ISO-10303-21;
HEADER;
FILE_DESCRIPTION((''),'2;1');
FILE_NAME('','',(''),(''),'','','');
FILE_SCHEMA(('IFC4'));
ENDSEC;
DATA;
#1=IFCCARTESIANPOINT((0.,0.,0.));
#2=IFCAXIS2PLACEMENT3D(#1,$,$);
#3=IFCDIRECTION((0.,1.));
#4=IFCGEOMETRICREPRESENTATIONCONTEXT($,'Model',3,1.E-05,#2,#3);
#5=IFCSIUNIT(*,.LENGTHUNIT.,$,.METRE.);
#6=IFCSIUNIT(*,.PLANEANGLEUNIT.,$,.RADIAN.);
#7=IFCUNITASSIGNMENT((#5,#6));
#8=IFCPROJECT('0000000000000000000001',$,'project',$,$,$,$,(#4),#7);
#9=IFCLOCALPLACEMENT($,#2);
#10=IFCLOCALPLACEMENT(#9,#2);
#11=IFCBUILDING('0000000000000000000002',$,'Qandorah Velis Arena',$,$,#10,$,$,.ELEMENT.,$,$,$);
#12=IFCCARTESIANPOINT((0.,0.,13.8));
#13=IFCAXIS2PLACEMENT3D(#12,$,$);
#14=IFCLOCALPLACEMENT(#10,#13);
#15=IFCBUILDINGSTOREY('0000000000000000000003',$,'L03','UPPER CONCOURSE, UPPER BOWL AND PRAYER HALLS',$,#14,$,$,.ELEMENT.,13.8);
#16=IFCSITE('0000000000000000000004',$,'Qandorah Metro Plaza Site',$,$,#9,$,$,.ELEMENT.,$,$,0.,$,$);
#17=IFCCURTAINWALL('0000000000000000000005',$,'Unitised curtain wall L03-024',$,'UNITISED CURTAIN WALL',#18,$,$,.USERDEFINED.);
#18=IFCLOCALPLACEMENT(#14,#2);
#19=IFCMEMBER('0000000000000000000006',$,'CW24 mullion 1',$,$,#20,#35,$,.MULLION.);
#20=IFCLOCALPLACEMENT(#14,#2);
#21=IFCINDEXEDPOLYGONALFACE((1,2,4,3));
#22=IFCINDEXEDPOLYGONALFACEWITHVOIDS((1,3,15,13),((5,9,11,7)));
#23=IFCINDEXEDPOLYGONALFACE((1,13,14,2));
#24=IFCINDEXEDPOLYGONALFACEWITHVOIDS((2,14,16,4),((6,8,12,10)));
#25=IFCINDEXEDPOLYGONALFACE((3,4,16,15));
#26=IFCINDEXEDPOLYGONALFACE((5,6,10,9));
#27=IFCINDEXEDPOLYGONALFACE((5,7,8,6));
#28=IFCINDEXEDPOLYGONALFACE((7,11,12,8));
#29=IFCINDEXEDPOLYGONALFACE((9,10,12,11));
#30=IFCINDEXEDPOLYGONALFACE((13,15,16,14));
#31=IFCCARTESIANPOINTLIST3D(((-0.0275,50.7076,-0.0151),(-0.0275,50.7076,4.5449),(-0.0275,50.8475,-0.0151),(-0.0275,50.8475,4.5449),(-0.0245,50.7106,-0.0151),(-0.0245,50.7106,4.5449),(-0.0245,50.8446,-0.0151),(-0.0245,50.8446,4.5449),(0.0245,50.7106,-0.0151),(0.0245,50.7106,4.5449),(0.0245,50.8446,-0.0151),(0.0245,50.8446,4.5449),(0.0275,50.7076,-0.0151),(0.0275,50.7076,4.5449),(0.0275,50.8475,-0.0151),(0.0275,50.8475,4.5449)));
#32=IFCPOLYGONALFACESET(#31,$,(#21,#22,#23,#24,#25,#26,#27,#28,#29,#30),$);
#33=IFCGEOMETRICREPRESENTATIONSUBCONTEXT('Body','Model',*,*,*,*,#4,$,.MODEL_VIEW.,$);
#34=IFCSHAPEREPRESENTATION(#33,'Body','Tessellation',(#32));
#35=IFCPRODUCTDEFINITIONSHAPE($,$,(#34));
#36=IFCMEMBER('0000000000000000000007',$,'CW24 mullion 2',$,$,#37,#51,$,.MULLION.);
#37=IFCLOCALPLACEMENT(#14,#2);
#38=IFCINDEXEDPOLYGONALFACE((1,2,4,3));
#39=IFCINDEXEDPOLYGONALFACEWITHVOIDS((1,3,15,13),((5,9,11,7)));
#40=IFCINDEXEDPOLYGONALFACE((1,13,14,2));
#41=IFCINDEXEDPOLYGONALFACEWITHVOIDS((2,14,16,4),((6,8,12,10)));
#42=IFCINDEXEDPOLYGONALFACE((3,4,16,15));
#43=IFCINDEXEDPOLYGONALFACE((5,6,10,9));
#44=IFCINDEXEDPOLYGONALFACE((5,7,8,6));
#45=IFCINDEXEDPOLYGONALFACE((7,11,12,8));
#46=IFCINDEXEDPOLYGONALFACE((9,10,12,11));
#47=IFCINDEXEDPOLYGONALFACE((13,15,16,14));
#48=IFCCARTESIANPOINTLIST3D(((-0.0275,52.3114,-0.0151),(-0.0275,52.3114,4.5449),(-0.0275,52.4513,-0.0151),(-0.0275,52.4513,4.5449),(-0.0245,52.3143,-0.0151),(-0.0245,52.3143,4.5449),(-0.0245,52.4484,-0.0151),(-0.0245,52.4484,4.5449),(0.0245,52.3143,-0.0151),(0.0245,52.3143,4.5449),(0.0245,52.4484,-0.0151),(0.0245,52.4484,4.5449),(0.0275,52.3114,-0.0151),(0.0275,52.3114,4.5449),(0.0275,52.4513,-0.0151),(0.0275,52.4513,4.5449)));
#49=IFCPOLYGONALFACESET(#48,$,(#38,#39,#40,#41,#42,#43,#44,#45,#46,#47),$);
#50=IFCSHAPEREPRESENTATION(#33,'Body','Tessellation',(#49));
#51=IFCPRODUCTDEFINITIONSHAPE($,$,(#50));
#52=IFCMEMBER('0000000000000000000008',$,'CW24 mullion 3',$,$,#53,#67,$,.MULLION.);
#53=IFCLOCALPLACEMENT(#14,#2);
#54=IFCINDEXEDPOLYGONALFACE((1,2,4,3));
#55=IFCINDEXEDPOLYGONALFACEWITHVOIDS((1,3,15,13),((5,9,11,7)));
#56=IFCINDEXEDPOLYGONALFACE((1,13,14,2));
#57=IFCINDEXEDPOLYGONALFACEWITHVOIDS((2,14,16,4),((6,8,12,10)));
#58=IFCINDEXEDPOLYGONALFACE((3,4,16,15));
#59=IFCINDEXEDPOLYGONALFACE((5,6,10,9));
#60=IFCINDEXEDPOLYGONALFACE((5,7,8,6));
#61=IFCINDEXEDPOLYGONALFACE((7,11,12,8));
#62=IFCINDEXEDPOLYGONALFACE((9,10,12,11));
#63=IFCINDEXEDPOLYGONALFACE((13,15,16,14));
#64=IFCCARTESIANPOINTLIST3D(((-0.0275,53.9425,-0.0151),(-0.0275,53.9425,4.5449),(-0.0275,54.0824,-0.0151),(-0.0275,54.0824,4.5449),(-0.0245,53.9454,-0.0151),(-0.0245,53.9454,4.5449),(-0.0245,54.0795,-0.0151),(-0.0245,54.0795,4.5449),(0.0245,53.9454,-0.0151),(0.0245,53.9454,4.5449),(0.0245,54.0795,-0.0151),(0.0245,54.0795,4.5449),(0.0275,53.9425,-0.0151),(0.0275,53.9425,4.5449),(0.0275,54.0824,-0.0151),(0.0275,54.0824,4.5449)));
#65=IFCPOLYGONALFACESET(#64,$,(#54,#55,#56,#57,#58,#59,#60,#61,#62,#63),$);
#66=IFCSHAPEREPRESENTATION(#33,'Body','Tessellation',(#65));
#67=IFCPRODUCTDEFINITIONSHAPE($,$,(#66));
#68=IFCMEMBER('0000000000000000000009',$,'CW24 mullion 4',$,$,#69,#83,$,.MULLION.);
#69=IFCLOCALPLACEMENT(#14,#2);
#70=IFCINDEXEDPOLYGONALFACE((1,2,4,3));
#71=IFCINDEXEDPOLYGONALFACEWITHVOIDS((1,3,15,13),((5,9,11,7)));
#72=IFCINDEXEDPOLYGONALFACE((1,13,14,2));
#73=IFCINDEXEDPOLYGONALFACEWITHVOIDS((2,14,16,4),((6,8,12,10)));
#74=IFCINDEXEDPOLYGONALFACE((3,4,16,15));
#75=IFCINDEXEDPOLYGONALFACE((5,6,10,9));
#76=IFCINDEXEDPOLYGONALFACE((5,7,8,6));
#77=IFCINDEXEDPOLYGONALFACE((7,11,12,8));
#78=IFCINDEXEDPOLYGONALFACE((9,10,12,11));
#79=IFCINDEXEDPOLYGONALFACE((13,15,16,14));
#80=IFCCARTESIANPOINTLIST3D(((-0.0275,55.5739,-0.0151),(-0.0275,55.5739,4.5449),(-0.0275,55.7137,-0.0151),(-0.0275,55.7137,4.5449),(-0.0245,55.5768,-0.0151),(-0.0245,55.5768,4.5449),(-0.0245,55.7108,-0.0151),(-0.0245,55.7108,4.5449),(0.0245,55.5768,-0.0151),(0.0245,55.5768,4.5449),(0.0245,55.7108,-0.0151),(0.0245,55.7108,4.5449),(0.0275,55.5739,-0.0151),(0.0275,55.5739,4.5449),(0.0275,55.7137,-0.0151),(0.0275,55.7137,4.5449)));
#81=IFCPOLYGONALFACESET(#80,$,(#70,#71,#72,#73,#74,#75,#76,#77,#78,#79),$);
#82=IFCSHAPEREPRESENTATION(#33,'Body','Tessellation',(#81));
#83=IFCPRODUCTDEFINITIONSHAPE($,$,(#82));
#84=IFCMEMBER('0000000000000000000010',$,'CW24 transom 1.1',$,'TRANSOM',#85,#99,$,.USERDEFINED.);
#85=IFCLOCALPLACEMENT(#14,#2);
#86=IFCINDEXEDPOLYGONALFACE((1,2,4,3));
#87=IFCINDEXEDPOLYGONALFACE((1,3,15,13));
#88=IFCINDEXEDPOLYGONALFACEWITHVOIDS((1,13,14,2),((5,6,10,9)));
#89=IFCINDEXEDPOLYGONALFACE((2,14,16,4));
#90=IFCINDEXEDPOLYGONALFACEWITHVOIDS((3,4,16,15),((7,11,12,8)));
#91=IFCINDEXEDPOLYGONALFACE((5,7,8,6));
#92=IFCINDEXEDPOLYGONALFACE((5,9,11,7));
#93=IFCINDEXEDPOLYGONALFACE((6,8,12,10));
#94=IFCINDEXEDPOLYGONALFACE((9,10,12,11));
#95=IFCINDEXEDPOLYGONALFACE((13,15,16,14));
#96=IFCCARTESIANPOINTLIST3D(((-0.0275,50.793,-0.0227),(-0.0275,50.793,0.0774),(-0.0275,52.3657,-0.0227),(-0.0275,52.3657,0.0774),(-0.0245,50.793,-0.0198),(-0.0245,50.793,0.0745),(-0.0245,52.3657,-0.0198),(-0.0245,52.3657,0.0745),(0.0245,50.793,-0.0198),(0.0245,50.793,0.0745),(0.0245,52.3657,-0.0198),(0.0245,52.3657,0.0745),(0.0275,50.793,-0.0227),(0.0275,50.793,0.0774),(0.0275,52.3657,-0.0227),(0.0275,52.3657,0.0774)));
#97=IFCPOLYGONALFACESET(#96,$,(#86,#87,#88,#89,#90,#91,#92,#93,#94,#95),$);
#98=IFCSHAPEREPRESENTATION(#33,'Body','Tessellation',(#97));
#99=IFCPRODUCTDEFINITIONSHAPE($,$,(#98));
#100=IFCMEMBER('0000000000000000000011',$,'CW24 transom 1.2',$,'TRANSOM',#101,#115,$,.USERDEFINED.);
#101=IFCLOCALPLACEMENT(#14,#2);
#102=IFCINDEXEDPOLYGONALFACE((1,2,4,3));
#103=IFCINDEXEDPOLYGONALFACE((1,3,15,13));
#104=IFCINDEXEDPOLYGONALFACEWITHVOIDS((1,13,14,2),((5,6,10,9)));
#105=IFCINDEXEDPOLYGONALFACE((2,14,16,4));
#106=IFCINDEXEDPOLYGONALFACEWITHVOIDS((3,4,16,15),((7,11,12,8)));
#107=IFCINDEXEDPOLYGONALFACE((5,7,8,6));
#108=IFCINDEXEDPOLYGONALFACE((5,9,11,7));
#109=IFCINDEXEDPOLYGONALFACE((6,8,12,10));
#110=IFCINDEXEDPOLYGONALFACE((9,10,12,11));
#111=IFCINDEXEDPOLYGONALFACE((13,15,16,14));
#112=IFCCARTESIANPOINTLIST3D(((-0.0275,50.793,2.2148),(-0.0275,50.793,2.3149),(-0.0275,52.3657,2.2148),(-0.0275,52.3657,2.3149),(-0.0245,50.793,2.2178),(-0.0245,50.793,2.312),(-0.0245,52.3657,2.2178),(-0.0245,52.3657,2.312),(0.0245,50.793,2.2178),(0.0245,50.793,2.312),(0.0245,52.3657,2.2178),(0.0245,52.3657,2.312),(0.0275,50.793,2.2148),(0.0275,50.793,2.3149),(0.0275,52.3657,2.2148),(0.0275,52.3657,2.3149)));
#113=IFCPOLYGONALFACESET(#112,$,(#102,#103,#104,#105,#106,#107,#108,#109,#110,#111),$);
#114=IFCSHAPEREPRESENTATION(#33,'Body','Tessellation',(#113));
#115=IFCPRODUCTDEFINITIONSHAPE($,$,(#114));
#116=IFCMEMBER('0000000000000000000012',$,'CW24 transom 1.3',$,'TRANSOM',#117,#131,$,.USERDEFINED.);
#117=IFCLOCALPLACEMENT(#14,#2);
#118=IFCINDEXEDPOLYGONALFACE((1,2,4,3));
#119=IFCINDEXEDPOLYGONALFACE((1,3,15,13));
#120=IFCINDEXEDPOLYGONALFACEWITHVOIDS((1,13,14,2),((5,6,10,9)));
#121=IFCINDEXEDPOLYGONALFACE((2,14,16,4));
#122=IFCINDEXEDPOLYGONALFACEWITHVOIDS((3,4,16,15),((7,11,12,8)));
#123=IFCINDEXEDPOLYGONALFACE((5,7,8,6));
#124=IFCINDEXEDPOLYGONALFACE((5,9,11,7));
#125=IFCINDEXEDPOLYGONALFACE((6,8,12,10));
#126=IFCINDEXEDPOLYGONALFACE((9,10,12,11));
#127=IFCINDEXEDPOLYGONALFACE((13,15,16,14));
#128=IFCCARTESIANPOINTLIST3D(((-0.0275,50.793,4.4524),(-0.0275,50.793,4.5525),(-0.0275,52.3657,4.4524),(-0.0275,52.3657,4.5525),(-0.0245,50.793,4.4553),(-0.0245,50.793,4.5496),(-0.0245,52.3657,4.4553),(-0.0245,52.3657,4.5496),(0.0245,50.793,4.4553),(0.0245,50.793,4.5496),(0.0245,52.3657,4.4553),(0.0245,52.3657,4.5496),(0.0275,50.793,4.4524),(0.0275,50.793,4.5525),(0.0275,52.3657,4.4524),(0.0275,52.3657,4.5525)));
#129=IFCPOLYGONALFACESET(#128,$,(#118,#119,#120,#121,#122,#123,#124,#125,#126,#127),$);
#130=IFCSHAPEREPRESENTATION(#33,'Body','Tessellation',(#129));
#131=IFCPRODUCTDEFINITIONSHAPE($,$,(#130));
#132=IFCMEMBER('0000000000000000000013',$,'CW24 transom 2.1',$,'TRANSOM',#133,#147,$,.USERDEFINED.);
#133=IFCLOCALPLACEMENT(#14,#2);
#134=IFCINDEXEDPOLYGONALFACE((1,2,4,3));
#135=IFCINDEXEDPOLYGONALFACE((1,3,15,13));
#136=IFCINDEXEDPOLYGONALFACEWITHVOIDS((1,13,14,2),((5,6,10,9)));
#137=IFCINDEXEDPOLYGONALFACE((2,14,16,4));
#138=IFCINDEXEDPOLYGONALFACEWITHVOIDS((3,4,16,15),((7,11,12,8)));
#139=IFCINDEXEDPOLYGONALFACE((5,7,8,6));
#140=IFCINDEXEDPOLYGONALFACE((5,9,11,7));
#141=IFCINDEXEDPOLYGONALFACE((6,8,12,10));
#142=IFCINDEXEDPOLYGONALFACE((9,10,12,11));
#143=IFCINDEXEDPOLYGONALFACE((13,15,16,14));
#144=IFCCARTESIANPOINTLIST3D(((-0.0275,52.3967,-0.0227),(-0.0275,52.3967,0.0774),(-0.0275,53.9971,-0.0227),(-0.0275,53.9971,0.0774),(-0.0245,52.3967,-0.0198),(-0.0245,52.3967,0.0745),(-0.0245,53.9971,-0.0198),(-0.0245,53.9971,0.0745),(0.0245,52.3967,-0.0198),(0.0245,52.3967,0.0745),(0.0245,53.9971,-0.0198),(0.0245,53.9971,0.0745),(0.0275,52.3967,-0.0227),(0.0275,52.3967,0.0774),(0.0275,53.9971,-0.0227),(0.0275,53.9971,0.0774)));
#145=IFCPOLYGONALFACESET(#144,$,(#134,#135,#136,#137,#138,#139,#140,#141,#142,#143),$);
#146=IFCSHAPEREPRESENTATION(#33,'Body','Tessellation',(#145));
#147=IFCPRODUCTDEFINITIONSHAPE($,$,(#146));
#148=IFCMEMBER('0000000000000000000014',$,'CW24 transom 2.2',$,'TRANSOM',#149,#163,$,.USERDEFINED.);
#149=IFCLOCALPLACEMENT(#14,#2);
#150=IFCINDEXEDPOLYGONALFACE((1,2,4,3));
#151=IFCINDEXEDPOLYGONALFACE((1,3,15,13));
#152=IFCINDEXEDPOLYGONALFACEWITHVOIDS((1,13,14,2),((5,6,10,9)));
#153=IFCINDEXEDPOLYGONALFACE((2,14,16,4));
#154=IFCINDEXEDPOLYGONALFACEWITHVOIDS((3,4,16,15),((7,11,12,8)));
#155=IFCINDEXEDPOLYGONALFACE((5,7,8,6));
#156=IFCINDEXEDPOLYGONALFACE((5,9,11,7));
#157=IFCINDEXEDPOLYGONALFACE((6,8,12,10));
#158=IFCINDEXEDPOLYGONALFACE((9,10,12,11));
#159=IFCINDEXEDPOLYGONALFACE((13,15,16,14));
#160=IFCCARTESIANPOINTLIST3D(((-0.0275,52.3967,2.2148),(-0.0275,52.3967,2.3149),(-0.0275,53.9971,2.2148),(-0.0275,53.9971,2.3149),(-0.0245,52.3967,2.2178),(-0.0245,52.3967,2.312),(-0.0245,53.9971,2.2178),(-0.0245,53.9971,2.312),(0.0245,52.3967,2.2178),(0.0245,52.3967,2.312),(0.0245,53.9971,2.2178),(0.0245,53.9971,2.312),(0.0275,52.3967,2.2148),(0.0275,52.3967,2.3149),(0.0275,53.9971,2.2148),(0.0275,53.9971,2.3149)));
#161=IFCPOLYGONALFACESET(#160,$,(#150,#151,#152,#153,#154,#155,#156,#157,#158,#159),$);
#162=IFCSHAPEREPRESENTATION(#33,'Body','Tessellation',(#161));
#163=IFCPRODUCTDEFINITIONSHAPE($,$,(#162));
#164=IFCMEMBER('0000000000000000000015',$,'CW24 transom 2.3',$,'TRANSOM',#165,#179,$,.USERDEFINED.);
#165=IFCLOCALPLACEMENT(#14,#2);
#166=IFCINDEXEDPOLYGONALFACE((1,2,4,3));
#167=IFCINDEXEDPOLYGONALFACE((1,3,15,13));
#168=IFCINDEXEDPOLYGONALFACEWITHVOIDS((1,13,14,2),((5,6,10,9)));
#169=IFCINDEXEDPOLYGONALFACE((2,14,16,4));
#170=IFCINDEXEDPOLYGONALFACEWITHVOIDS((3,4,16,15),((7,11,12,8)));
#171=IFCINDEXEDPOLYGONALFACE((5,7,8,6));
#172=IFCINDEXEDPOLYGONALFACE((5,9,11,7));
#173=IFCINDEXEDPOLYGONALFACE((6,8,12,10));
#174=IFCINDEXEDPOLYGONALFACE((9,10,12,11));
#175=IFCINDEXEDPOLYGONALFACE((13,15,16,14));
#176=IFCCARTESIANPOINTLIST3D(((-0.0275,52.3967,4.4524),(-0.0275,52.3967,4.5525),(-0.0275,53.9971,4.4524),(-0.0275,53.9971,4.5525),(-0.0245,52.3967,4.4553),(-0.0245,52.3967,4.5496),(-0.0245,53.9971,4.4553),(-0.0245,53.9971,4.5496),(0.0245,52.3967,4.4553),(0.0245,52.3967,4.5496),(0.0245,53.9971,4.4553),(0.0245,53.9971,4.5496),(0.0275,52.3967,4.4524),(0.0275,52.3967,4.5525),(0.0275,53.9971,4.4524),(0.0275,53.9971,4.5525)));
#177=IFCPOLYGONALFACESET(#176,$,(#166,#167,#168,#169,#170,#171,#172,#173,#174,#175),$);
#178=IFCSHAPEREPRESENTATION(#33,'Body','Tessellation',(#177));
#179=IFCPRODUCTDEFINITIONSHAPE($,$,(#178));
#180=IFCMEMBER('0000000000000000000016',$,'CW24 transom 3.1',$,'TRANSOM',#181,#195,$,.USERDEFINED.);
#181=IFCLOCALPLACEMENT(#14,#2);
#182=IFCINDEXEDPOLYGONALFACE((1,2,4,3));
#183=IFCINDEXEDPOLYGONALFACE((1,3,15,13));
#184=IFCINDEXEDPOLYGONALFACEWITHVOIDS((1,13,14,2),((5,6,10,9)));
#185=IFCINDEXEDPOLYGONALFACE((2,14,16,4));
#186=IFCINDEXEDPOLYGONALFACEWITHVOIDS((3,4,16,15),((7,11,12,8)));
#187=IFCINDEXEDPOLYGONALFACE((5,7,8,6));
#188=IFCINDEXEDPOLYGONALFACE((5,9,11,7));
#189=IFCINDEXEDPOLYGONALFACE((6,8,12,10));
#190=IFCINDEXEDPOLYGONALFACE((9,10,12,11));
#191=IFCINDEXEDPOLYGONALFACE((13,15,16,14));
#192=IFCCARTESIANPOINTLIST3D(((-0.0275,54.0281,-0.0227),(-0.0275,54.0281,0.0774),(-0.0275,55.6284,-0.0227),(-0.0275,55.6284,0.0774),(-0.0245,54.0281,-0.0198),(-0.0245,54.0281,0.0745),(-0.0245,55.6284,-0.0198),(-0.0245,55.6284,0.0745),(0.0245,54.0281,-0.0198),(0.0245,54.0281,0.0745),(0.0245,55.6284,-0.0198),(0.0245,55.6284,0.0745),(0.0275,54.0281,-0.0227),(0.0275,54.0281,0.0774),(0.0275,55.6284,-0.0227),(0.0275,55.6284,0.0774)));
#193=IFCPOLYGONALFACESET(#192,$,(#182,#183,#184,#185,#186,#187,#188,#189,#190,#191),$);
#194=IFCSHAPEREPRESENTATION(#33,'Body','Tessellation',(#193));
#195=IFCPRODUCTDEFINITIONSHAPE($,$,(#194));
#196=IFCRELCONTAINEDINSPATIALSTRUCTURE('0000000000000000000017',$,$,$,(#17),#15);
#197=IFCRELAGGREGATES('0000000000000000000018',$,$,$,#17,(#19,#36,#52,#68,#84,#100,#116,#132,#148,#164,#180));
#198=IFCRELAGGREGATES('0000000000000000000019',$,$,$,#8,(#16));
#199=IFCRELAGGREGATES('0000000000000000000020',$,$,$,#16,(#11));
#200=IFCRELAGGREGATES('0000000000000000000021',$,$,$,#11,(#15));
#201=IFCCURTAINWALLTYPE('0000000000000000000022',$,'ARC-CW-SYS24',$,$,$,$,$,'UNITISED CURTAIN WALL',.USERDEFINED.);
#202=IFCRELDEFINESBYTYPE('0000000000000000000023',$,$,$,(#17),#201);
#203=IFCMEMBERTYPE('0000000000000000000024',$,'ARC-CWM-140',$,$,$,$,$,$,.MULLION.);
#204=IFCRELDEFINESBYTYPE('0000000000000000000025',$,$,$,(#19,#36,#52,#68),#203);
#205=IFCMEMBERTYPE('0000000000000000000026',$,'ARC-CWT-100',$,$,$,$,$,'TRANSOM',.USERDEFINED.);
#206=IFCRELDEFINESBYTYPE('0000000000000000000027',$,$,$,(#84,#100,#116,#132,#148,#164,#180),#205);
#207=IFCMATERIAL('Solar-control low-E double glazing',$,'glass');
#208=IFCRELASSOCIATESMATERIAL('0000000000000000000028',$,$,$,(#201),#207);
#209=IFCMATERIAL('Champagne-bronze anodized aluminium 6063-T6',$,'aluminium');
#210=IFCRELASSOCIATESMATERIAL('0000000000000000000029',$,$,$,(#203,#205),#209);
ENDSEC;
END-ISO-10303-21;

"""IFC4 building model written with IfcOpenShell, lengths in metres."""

from ifc_helpers import new_model, si_unit, direction, frame, origin, origin_2d, place, context, subcontext, project, spatial, hollow_rectangle, extrude, material, material_profile, profile_set, type_object, element, aggregate, save


model = new_model("IFC4")

# Units and contexts
model_context = context("Model", 3, precision=1e-05, world=origin(), true_north=direction((0.0, 1.0)))
body_context = subcontext(model_context, "Body", "Model", "MODEL_VIEW")
ifc_project = project(units=[si_unit("LENGTHUNIT", "METRE"), si_unit("PLANEANGLEUNIT", "RADIAN")], contexts=[model_context])

# Site, building, storey
site_placement = place(None, origin())
site = spatial("IfcSite", under=ifc_project, at=site_placement, Name="Qandorah Metro Plaza Site", CompositionType="ELEMENT", RefElevation=0.0)
building_placement = place(site_placement, origin())
building = spatial("IfcBuilding", under=site, at=building_placement, Name="Qandorah Velis Arena", CompositionType="ELEMENT")
storey_placement = place(building_placement, frame((0.0, 0.0, 13.8)))
storey = spatial("IfcBuildingStorey", under=building, at=storey_placement, Name="L03", Description="UPPER CONCOURSE, UPPER BOWL AND PRAYER HALLS", CompositionType="ELEMENT", Elevation=13.8)

# Curtain wall, members
ifc_material_1 = material(Name="Solar-control low-E double glazing", Category="glass")
curtain_wall_type = type_object("IfcCurtainWallType", Name="ARC-CW-SYS24", ElementType="UNITISED CURTAIN WALL", PredefinedType="USERDEFINED", material=ifc_material_1)
curtain_wall_placement = place(storey_placement, origin())
curtain_wall = element("IfcCurtainWall", 1, at=curtain_wall_placement, inside=storey, type_object=curtain_wall_type, Name="Unitised curtain wall L03-024", ObjectType="UNITISED CURTAIN WALL", PredefinedType="USERDEFINED")
ifc_material_2 = material(Name="Champagne-bronze anodized aluminium 6063-T6", Category="aluminium")
ifc_material_profile_1 = material_profile(ifc_material_2, hollow_rectangle(XDim=0.0549, YDim=0.1399, WallThickness=0.0029, at=origin_2d()), Name="ALU MULLION 55x140")
ifc_profile_set_1 = profile_set([ifc_material_profile_1], Name="Champagne-bronze anodized aluminium 6063-T6")
member_type_1 = type_object("IfcMemberType", Name="ARC-CWM-140", PredefinedType="MULLION", material=ifc_profile_set_1)
member_1_placement = place(storey_placement, frame((0.0, 50.7776, -0.0151), z_axis=(0.0, 0.0, 1.0), x_axis=(-1.0, 0.0, 0.0)))
member_1 = element("IfcMember", 2, at=member_1_placement, type_object=member_type_1, Name="CW24 mullion 1", PredefinedType="MULLION", context=body_context, shape_type="SweptSolid", body=[
    extrude(hollow_rectangle(XDim=0.0549, YDim=0.1399, WallThickness=0.0029, at=origin_2d()), origin(), (0.0, 0.0, 1.0), 4.5601),
])
member_2_placement = place(storey_placement, frame((0.0, 52.3813, -0.0151), z_axis=(0.0, 0.0, 1.0), x_axis=(-1.0, 0.0, 0.0)))
member_2 = element("IfcMember", 3, at=member_2_placement, type_object=member_type_1, Name="CW24 mullion 2", PredefinedType="MULLION", context=body_context, shape_type="SweptSolid", body=[
    extrude(hollow_rectangle(XDim=0.0549, YDim=0.1399, WallThickness=0.0029, at=origin_2d()), origin(), (0.0, 0.0, 1.0), 4.5601),
])
member_3_placement = place(storey_placement, frame((0.0, 54.0125, -0.0151), z_axis=(0.0, 0.0, 1.0), x_axis=(-1.0, 0.0, 0.0)))
member_3 = element("IfcMember", 4, at=member_3_placement, type_object=member_type_1, Name="CW24 mullion 3", PredefinedType="MULLION", context=body_context, shape_type="SweptSolid", body=[
    extrude(hollow_rectangle(XDim=0.0549, YDim=0.1399, WallThickness=0.0029, at=origin_2d()), origin(), (0.0, 0.0, 1.0), 4.5601),
])
member_4_placement = place(storey_placement, frame((0.0, 55.6438, -0.0151), z_axis=(0.0, 0.0, 1.0), x_axis=(-1.0, 0.0, 0.0)))
member_4 = element("IfcMember", 5, at=member_4_placement, type_object=member_type_1, Name="CW24 mullion 4", PredefinedType="MULLION", context=body_context, shape_type="SweptSolid", body=[
    extrude(hollow_rectangle(XDim=0.0549, YDim=0.1399, WallThickness=0.0029, at=origin_2d()), origin(), (0.0, 0.0, 1.0), 4.5601),
])
ifc_material_profile_2 = material_profile(ifc_material_2, hollow_rectangle(XDim=0.0549, YDim=0.1001, WallThickness=0.0029, at=origin_2d()), Name="ALU TRANSOM 55x100")
ifc_profile_set_2 = profile_set([ifc_material_profile_2], Name="Champagne-bronze anodized aluminium 6063-T6")
member_type_2 = type_object("IfcMemberType", Name="ARC-CWT-100", ElementType="TRANSOM", PredefinedType="USERDEFINED", material=ifc_profile_set_2)
member_5_placement = place(storey_placement, frame((0.0, 50.793, 0.0273), z_axis=(0.0, 1.0, 0.0), x_axis=(-1.0, 0.0, 0.0)))
member_5 = element("IfcMember", 6, at=member_5_placement, type_object=member_type_2, Name="CW24 transom 1.1", ObjectType="TRANSOM", PredefinedType="USERDEFINED", context=body_context, shape_type="SweptSolid", body=[
    extrude(hollow_rectangle(XDim=0.0549, YDim=0.1001, WallThickness=0.0029, at=origin_2d()), origin(), (0.0, 0.0, 1.0), 1.5728),
])
member_6_placement = place(storey_placement, frame((0.0, 50.793, 2.2649), z_axis=(0.0, 1.0, 0.0), x_axis=(-1.0, 0.0, 0.0)))
member_6 = element("IfcMember", 7, at=member_6_placement, type_object=member_type_2, Name="CW24 transom 1.2", ObjectType="TRANSOM", PredefinedType="USERDEFINED", context=body_context, shape_type="SweptSolid", body=[
    extrude(hollow_rectangle(XDim=0.0549, YDim=0.1001, WallThickness=0.0029, at=origin_2d()), origin(), (0.0, 0.0, 1.0), 1.5728),
])
member_7_placement = place(storey_placement, frame((0.0, 50.793, 4.5024), z_axis=(0.0, 1.0, 0.0), x_axis=(-1.0, 0.0, 0.0)))
member_7 = element("IfcMember", 8, at=member_7_placement, type_object=member_type_2, Name="CW24 transom 1.3", ObjectType="TRANSOM", PredefinedType="USERDEFINED", context=body_context, shape_type="SweptSolid", body=[
    extrude(hollow_rectangle(XDim=0.0549, YDim=0.1001, WallThickness=0.0029, at=origin_2d()), origin(), (0.0, 0.0, 1.0), 1.5728),
])
member_8_placement = place(storey_placement, frame((0.0, 52.3967, 0.0273), z_axis=(0.0, 1.0, 0.0), x_axis=(-1.0, 0.0, 0.0)))
member_8 = element("IfcMember", 9, at=member_8_placement, type_object=member_type_2, Name="CW24 transom 2.1", ObjectType="TRANSOM", PredefinedType="USERDEFINED", context=body_context, shape_type="SweptSolid", body=[
    extrude(hollow_rectangle(XDim=0.0549, YDim=0.1001, WallThickness=0.0029, at=origin_2d()), origin(), (0.0, 0.0, 1.0), 1.6003),
])
member_9_placement = place(storey_placement, frame((0.0, 52.3967, 2.2649), z_axis=(0.0, 1.0, 0.0), x_axis=(-1.0, 0.0, 0.0)))
member_9 = element("IfcMember", 10, at=member_9_placement, type_object=member_type_2, Name="CW24 transom 2.2", ObjectType="TRANSOM", PredefinedType="USERDEFINED", context=body_context, shape_type="SweptSolid", body=[
    extrude(hollow_rectangle(XDim=0.0549, YDim=0.1001, WallThickness=0.0029, at=origin_2d()), origin(), (0.0, 0.0, 1.0), 1.6003),
])
member_10_placement = place(storey_placement, frame((0.0, 52.3967, 4.5024), z_axis=(0.0, 1.0, 0.0), x_axis=(-1.0, 0.0, 0.0)))
member_10 = element("IfcMember", 11, at=member_10_placement, type_object=member_type_2, Name="CW24 transom 2.3", ObjectType="TRANSOM", PredefinedType="USERDEFINED", context=body_context, shape_type="SweptSolid", body=[
    extrude(hollow_rectangle(XDim=0.0549, YDim=0.1001, WallThickness=0.0029, at=origin_2d()), origin(), (0.0, 0.0, 1.0), 1.6003),
])
member_11_placement = place(storey_placement, frame((0.0, 54.0281, 0.0273), z_axis=(0.0, 1.0, 0.0), x_axis=(-1.0, 0.0, 0.0)))
member_11 = element("IfcMember", 12, at=member_11_placement, type_object=member_type_2, Name="CW24 transom 3.1", ObjectType="TRANSOM", PredefinedType="USERDEFINED", context=body_context, shape_type="SweptSolid", body=[
    extrude(hollow_rectangle(XDim=0.0549, YDim=0.1001, WallThickness=0.0029, at=origin_2d()), origin(), (0.0, 0.0, 1.0), 1.6003),
])

aggregate(curtain_wall, [member_1, member_2, member_3, member_4, member_5, member_6, member_7, member_8, member_9, member_10, member_11])

save(model, "model.ifc")
